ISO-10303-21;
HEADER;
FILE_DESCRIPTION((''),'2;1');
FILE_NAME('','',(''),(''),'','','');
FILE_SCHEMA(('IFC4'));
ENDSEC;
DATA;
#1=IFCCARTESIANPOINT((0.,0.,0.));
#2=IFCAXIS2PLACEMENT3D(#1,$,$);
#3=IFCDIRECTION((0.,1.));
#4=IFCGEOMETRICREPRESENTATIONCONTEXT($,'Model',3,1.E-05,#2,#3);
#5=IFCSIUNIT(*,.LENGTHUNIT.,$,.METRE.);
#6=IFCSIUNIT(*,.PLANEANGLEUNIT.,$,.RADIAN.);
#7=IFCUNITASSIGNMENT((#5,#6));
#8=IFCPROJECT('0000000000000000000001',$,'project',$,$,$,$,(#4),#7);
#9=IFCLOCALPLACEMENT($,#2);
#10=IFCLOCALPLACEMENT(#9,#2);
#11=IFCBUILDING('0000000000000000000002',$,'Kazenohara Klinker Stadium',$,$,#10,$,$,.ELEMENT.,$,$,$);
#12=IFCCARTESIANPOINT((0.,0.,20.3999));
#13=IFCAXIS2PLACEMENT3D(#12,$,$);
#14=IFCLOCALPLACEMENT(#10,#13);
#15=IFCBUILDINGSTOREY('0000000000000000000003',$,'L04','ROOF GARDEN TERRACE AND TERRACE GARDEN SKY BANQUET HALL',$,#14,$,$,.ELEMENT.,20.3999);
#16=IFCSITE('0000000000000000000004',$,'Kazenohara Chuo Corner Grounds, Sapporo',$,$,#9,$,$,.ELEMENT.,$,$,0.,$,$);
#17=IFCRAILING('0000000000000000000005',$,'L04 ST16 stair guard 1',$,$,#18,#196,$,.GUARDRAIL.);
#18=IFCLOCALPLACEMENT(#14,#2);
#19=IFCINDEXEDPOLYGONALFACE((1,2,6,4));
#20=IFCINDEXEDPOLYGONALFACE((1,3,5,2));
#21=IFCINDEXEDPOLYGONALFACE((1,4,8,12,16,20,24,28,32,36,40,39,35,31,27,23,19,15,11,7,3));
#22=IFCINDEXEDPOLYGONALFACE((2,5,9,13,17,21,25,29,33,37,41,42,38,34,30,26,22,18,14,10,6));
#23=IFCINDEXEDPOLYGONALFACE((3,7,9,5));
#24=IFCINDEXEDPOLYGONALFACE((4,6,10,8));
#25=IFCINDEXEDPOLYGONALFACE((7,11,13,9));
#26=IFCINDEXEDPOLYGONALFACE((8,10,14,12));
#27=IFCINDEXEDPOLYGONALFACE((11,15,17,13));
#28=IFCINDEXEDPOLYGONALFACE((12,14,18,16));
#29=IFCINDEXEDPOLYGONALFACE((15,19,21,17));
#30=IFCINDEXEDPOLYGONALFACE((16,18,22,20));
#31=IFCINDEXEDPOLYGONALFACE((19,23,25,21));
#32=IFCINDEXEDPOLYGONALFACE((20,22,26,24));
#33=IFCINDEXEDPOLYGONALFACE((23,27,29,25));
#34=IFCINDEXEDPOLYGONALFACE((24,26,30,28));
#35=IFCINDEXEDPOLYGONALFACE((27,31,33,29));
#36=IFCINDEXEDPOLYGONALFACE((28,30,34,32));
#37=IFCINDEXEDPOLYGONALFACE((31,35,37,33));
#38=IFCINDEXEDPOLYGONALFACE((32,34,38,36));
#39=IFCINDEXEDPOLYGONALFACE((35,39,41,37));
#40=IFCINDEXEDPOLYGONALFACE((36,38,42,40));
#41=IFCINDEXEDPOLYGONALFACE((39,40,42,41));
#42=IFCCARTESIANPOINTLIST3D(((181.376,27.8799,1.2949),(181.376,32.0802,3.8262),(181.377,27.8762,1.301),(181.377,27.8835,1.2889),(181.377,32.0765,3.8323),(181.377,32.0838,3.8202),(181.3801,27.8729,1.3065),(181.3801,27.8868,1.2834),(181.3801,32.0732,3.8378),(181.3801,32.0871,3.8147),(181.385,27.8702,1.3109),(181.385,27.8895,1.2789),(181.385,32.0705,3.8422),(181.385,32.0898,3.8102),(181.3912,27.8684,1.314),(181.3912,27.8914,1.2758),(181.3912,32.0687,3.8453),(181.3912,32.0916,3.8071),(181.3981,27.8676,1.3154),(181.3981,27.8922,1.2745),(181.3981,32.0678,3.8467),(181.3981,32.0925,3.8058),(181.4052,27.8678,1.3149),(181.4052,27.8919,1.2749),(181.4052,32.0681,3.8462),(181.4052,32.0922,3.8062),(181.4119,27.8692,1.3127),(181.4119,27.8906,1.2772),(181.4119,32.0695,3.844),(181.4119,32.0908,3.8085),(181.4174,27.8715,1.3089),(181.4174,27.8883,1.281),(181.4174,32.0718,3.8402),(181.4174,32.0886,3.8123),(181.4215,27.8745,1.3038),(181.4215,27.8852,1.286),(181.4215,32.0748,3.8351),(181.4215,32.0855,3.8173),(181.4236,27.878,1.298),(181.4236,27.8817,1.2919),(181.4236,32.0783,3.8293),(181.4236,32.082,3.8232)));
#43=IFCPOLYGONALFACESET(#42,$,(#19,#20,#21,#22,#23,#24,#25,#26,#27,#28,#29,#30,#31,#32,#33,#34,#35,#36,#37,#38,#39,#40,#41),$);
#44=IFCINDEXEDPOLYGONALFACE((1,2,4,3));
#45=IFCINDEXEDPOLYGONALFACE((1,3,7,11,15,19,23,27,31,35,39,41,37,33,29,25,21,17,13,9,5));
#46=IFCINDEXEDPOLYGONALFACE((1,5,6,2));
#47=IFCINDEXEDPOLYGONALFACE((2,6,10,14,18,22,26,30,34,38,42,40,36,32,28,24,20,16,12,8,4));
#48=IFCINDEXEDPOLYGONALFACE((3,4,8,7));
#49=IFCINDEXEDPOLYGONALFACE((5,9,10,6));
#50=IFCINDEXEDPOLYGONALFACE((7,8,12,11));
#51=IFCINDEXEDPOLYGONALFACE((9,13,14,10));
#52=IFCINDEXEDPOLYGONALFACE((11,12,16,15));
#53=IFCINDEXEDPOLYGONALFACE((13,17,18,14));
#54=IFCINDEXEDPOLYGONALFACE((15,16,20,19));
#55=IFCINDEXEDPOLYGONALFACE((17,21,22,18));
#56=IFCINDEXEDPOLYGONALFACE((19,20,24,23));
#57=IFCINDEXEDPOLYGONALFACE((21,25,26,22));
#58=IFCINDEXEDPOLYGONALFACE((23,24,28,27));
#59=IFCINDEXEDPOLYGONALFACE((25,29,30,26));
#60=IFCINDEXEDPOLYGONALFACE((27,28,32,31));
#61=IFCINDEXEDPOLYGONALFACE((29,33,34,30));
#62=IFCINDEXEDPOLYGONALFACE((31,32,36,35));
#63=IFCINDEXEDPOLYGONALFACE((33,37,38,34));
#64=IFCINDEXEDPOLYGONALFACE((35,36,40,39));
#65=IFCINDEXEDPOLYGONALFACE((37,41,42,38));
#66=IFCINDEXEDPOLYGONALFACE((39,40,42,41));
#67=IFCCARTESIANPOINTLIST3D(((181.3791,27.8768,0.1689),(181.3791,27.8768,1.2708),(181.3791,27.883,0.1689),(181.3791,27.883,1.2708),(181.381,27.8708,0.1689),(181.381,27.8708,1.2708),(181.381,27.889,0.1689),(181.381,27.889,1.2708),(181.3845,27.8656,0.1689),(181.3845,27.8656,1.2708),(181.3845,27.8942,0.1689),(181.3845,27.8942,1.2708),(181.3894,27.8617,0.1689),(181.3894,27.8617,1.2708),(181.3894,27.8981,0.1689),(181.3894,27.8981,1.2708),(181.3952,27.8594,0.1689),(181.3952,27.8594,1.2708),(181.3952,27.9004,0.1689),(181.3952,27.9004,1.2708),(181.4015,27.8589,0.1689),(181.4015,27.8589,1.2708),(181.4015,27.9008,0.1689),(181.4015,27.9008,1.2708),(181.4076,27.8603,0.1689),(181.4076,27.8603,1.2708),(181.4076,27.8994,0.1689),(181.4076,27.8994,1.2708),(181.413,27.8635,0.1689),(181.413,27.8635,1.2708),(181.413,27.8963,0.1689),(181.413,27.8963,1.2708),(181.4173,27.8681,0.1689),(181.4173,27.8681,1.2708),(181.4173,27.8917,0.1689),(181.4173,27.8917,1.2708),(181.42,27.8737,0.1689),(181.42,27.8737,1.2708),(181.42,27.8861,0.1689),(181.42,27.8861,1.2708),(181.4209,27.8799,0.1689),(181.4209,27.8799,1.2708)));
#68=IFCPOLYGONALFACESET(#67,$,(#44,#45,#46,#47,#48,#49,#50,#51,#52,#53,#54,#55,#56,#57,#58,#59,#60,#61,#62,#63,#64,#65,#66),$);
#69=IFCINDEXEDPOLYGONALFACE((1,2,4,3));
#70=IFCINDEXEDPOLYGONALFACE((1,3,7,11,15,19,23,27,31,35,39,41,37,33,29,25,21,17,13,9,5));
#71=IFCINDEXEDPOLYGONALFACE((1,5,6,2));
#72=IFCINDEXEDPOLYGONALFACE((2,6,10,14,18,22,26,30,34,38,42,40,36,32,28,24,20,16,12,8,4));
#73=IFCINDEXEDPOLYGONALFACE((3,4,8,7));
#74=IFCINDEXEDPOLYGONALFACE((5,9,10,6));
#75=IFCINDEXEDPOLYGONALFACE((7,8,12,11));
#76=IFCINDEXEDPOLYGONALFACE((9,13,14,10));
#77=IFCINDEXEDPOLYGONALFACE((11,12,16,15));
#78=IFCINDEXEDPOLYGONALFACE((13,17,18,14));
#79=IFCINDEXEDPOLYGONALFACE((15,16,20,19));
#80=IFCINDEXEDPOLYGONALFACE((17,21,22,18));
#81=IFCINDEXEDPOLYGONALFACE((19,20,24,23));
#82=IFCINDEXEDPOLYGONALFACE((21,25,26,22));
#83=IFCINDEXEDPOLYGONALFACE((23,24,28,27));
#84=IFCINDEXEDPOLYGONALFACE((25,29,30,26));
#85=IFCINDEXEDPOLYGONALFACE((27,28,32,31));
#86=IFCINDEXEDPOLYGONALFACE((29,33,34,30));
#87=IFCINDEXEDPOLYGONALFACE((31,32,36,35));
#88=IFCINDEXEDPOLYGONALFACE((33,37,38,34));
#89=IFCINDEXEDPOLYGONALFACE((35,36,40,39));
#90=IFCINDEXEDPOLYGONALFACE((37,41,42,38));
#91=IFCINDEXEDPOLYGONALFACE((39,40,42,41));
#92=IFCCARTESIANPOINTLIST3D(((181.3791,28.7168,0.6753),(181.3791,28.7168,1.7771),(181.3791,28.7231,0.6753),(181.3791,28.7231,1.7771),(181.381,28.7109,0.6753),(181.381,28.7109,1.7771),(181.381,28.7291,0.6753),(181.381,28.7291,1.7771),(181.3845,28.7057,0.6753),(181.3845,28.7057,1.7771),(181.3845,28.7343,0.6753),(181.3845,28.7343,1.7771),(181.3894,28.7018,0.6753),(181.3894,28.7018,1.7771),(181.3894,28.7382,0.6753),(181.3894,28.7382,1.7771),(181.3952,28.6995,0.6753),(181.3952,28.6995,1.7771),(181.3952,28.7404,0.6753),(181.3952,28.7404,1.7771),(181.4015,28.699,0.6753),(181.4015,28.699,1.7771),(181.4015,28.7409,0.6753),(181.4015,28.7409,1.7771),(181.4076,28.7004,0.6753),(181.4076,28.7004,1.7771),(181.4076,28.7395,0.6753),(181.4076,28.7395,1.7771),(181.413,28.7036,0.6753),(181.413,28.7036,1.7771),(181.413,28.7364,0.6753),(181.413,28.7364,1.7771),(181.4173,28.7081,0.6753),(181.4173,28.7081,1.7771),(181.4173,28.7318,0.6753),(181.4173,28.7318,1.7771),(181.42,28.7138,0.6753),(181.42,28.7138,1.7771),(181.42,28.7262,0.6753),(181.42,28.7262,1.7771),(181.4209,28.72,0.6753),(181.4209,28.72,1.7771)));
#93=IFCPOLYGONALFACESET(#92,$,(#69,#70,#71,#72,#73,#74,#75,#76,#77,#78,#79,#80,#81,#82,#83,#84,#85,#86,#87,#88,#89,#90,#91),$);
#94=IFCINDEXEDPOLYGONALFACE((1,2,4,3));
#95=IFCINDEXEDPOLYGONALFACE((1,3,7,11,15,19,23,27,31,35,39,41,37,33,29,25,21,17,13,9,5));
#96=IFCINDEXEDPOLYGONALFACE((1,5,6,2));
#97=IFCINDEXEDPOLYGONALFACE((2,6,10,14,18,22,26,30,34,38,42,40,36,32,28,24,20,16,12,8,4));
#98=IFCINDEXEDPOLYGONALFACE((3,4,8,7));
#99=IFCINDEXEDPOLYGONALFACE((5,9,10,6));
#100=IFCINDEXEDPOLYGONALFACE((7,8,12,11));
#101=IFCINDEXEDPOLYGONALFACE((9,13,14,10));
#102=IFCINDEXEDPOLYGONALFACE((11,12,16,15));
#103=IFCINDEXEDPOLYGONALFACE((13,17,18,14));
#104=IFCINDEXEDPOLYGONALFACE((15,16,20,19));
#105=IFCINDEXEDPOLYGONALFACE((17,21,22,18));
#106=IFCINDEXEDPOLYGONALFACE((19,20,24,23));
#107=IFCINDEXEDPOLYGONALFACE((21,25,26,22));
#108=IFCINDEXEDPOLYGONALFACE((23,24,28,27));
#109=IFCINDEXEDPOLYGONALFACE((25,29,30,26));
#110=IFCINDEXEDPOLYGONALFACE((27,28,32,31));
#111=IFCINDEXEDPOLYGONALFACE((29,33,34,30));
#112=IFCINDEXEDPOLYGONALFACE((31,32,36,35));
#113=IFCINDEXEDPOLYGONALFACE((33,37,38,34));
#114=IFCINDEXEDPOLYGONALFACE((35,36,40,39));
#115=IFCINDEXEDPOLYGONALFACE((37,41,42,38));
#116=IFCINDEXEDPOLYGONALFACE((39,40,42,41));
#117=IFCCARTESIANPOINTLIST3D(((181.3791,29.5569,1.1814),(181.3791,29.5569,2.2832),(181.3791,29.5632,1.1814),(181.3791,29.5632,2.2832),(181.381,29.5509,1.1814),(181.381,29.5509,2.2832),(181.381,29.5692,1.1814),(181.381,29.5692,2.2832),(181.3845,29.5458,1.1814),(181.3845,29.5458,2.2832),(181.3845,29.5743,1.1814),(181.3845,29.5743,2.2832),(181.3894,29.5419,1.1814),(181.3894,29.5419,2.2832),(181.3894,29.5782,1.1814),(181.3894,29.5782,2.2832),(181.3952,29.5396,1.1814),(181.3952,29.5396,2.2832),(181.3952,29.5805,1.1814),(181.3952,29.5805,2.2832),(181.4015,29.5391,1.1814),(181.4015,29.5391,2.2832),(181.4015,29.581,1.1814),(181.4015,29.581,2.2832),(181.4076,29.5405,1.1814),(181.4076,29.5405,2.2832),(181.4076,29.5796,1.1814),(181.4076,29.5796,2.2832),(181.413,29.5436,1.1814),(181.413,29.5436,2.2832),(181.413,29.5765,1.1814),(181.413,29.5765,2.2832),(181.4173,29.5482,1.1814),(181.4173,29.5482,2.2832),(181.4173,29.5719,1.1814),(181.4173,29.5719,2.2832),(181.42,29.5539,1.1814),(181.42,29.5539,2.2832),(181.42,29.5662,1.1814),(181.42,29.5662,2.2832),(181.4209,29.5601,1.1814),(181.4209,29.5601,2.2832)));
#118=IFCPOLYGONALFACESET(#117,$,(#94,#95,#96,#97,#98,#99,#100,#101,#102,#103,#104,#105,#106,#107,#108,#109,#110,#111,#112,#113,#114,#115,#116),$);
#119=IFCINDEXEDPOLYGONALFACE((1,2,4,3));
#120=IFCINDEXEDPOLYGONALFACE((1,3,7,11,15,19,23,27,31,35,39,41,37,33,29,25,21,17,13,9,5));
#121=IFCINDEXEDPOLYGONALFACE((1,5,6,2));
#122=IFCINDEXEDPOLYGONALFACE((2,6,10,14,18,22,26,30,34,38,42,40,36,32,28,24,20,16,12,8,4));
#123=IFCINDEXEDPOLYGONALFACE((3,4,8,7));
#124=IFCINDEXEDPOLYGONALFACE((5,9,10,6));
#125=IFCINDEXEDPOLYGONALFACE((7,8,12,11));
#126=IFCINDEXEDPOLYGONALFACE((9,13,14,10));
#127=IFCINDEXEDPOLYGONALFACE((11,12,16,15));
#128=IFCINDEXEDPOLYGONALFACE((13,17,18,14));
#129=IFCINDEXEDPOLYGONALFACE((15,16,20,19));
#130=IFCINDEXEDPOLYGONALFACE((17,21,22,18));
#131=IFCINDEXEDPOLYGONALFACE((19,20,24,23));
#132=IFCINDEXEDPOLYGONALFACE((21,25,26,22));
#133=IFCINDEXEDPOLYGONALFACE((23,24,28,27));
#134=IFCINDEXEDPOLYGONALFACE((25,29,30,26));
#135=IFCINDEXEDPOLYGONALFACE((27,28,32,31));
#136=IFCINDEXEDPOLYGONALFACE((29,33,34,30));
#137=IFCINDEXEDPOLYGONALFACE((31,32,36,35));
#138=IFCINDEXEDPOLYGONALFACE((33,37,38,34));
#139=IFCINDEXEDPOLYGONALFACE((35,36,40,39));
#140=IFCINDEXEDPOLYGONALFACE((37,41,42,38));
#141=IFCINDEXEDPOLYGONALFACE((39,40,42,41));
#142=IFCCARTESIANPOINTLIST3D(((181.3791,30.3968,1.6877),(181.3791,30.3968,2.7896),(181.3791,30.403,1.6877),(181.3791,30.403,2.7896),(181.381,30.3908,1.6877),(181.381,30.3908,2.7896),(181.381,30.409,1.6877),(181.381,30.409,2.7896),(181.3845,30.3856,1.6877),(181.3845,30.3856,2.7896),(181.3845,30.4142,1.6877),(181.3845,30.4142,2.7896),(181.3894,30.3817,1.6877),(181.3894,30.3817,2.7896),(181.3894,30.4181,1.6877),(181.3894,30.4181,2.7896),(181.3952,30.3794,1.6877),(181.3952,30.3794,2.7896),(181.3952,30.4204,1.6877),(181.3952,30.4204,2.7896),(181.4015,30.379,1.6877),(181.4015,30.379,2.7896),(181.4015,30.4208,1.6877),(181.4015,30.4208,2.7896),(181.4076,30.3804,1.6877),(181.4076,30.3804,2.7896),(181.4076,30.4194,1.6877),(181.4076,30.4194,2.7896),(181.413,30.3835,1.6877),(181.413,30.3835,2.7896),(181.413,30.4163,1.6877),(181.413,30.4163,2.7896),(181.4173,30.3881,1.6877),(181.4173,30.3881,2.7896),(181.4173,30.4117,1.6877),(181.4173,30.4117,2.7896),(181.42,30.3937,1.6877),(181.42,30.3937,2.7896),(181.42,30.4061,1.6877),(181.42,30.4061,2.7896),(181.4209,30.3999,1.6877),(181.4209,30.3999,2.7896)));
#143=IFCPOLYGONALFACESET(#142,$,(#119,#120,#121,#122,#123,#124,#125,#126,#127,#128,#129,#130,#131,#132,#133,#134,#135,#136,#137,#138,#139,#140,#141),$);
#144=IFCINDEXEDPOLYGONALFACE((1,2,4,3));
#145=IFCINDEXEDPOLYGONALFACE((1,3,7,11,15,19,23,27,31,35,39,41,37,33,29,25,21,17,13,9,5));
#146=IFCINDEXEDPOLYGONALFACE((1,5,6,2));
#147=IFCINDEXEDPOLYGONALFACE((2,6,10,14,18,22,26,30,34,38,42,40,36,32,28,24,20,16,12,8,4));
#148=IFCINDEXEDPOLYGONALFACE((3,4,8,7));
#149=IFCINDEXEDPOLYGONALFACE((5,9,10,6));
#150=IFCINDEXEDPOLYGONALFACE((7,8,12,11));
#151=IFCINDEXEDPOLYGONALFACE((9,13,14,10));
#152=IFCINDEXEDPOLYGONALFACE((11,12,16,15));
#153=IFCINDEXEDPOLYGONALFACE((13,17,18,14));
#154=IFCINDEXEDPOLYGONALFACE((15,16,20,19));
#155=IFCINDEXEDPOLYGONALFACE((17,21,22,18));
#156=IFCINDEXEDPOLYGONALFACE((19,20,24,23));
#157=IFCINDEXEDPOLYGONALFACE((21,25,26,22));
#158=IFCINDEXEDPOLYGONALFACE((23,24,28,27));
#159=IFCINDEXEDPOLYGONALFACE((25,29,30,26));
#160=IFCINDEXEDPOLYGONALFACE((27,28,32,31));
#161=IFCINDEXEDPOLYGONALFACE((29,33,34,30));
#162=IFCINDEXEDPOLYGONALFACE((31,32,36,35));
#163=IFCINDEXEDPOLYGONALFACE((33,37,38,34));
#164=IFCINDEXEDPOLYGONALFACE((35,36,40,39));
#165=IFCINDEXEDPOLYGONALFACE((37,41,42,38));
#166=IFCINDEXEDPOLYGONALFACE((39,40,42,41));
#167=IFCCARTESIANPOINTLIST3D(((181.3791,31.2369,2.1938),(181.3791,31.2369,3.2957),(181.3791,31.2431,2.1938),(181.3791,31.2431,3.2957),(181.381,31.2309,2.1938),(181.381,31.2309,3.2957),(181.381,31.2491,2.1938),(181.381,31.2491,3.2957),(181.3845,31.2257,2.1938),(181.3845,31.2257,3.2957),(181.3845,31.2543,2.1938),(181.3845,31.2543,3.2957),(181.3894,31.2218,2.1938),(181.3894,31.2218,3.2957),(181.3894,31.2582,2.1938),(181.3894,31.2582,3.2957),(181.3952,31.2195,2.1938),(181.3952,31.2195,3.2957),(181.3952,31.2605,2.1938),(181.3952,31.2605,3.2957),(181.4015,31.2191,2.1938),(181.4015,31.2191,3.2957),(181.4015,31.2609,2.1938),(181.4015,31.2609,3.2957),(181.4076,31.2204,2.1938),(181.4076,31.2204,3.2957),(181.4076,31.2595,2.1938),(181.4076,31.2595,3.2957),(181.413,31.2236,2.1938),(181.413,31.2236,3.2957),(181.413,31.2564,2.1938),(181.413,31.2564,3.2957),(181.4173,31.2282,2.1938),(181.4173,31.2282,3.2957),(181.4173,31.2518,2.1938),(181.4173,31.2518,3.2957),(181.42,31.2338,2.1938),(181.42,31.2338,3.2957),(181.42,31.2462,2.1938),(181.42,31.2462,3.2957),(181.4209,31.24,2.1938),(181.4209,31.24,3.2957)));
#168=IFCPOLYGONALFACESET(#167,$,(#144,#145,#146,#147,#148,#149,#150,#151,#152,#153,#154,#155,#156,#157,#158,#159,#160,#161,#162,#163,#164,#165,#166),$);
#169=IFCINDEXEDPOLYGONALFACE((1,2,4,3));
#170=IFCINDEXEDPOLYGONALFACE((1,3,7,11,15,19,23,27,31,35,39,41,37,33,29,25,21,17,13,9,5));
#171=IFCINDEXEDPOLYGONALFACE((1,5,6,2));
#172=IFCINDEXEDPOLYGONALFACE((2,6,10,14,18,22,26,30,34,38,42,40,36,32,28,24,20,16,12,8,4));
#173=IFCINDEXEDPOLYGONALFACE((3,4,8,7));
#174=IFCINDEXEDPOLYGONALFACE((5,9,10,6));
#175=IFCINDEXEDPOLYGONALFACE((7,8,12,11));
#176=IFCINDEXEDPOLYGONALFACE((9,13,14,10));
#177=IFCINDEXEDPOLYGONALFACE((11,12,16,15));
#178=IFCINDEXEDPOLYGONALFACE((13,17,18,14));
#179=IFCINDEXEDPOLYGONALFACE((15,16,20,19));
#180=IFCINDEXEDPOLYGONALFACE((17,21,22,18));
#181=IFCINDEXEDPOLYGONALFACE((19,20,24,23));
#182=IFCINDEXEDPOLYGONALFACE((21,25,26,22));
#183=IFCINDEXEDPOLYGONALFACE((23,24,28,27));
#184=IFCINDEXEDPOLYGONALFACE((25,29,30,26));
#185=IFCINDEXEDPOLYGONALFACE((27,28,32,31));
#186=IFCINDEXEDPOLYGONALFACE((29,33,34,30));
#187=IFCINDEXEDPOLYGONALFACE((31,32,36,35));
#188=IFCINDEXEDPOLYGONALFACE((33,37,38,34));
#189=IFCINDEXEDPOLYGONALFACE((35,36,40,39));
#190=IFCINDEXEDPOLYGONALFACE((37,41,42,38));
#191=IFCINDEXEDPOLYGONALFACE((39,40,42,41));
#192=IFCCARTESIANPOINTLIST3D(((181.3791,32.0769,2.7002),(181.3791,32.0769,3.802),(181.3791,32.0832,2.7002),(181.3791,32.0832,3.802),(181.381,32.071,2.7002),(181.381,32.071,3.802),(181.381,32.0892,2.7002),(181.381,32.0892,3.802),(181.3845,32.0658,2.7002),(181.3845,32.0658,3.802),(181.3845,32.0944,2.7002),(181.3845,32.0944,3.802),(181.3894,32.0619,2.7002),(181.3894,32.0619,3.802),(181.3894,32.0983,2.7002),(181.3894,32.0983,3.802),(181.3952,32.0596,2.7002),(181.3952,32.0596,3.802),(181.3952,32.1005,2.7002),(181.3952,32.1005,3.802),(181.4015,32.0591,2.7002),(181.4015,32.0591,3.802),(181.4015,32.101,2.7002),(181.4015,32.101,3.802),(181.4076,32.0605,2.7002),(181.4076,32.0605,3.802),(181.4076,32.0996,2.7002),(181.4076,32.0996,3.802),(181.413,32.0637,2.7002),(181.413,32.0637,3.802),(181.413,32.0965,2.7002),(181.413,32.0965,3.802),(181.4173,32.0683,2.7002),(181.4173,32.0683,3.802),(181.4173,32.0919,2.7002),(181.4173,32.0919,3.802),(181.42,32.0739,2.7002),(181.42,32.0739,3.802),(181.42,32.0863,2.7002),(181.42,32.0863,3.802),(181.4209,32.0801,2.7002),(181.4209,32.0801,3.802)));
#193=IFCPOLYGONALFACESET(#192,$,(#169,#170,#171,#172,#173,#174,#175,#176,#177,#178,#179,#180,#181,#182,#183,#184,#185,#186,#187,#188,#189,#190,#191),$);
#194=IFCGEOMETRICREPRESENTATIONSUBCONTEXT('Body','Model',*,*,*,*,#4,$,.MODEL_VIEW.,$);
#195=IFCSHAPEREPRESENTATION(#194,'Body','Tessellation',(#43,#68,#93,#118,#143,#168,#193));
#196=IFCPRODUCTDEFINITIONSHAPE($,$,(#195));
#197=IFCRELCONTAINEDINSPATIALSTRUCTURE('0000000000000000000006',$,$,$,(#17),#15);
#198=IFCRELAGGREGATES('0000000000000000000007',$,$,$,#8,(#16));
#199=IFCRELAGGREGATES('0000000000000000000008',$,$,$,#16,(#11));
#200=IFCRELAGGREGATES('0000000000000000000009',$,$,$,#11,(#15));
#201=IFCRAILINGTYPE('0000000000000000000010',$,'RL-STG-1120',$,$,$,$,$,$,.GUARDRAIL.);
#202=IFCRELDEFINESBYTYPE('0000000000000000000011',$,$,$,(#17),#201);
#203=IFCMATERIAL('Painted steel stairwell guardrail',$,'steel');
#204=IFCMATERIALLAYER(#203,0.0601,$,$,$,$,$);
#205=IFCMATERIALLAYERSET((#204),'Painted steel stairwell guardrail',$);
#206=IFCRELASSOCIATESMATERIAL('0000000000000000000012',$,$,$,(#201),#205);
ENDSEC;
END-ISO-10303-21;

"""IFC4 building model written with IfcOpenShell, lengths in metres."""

from ifc_helpers import new_model, si_unit, direction, frame, origin, origin_2d, place, context, subcontext, project, spatial, circle, extrude, material, layer, layer_set, type_object, element, save


model = new_model("IFC4")

# Units and contexts
model_context = context("Model", 3, precision=1e-05, world=origin(), true_north=direction((0.0, 1.0)))
body_context = subcontext(model_context, "Body", "Model", "MODEL_VIEW")
ifc_project = project(units=[si_unit("LENGTHUNIT", "METRE"), si_unit("PLANEANGLEUNIT", "RADIAN")], contexts=[model_context])

# Site, building, storey
site_placement = place(None, origin())
site = spatial("IfcSite", under=ifc_project, at=site_placement, Name="Kazenohara Chuo Corner Grounds, Sapporo", CompositionType="ELEMENT", RefElevation=0.0)
building_placement = place(site_placement, origin())
building = spatial("IfcBuilding", under=site, at=building_placement, Name="Kazenohara Klinker Stadium", CompositionType="ELEMENT")
storey_placement = place(building_placement, frame((0.0, 0.0, 20.3999)))
storey = spatial("IfcBuildingStorey", under=building, at=storey_placement, Name="L04", Description="ROOF GARDEN TERRACE AND TERRACE GARDEN SKY BANQUET HALL", CompositionType="ELEMENT", Elevation=20.3999)

# Railing
ifc_material_1 = material(Name="Painted steel stairwell guardrail", Category="steel")
ifc_layer_1 = layer(ifc_material_1, 0.0601)
ifc_layer_set_1 = layer_set([ifc_layer_1], Name="Painted steel stairwell guardrail")
railing_type_1 = type_object("IfcRailingType", Name="RL-STG-1120", PredefinedType="GUARDRAIL", material=ifc_layer_set_1)
railing_1_placement = place(storey_placement, frame((181.3999, 27.8799, 0.1689)))
element("IfcRailing", 1, at=railing_1_placement, inside=storey, type_object=railing_type_1, Name="L04 ST16 stair guard 1", PredefinedType="GUARDRAIL", context=body_context, shape_type="SweptSolid", body=[
    extrude(circle(Radius=0.0239, at=origin_2d()), frame((0.0, 0.0, 1.126), z_axis=(0.0, 0.85649, 0.516164), x_axis=(-1.0, 0.0, 0.0)), (0.0, 0.0, 1.0), 4.9041),
    extrude(circle(Radius=0.021, at=origin_2d()), origin(), (0.0, 0.0, 1.0), 1.1018),
    extrude(circle(Radius=0.021, at=origin_2d()), frame((0.0, 0.8401, 0.5063)), (0.0, 0.0, 1.0), 1.1018),
    extrude(circle(Radius=0.021, at=origin_2d()), frame((0.0, 1.6802, 1.0125)), (0.0, 0.0, 1.0), 1.1018),
    extrude(circle(Radius=0.021, at=origin_2d()), frame((0.0, 2.52, 1.5188)), (0.0, 0.0, 1.0), 1.1018),
    extrude(circle(Radius=0.021, at=origin_2d()), frame((0.0, 3.3601, 2.0249)), (0.0, 0.0, 1.0), 1.1018),
    extrude(circle(Radius=0.021, at=origin_2d()), frame((0.0, 4.2002, 2.5312)), (0.0, 0.0, 1.0), 1.1018),
])

save(model, "model.ifc")
